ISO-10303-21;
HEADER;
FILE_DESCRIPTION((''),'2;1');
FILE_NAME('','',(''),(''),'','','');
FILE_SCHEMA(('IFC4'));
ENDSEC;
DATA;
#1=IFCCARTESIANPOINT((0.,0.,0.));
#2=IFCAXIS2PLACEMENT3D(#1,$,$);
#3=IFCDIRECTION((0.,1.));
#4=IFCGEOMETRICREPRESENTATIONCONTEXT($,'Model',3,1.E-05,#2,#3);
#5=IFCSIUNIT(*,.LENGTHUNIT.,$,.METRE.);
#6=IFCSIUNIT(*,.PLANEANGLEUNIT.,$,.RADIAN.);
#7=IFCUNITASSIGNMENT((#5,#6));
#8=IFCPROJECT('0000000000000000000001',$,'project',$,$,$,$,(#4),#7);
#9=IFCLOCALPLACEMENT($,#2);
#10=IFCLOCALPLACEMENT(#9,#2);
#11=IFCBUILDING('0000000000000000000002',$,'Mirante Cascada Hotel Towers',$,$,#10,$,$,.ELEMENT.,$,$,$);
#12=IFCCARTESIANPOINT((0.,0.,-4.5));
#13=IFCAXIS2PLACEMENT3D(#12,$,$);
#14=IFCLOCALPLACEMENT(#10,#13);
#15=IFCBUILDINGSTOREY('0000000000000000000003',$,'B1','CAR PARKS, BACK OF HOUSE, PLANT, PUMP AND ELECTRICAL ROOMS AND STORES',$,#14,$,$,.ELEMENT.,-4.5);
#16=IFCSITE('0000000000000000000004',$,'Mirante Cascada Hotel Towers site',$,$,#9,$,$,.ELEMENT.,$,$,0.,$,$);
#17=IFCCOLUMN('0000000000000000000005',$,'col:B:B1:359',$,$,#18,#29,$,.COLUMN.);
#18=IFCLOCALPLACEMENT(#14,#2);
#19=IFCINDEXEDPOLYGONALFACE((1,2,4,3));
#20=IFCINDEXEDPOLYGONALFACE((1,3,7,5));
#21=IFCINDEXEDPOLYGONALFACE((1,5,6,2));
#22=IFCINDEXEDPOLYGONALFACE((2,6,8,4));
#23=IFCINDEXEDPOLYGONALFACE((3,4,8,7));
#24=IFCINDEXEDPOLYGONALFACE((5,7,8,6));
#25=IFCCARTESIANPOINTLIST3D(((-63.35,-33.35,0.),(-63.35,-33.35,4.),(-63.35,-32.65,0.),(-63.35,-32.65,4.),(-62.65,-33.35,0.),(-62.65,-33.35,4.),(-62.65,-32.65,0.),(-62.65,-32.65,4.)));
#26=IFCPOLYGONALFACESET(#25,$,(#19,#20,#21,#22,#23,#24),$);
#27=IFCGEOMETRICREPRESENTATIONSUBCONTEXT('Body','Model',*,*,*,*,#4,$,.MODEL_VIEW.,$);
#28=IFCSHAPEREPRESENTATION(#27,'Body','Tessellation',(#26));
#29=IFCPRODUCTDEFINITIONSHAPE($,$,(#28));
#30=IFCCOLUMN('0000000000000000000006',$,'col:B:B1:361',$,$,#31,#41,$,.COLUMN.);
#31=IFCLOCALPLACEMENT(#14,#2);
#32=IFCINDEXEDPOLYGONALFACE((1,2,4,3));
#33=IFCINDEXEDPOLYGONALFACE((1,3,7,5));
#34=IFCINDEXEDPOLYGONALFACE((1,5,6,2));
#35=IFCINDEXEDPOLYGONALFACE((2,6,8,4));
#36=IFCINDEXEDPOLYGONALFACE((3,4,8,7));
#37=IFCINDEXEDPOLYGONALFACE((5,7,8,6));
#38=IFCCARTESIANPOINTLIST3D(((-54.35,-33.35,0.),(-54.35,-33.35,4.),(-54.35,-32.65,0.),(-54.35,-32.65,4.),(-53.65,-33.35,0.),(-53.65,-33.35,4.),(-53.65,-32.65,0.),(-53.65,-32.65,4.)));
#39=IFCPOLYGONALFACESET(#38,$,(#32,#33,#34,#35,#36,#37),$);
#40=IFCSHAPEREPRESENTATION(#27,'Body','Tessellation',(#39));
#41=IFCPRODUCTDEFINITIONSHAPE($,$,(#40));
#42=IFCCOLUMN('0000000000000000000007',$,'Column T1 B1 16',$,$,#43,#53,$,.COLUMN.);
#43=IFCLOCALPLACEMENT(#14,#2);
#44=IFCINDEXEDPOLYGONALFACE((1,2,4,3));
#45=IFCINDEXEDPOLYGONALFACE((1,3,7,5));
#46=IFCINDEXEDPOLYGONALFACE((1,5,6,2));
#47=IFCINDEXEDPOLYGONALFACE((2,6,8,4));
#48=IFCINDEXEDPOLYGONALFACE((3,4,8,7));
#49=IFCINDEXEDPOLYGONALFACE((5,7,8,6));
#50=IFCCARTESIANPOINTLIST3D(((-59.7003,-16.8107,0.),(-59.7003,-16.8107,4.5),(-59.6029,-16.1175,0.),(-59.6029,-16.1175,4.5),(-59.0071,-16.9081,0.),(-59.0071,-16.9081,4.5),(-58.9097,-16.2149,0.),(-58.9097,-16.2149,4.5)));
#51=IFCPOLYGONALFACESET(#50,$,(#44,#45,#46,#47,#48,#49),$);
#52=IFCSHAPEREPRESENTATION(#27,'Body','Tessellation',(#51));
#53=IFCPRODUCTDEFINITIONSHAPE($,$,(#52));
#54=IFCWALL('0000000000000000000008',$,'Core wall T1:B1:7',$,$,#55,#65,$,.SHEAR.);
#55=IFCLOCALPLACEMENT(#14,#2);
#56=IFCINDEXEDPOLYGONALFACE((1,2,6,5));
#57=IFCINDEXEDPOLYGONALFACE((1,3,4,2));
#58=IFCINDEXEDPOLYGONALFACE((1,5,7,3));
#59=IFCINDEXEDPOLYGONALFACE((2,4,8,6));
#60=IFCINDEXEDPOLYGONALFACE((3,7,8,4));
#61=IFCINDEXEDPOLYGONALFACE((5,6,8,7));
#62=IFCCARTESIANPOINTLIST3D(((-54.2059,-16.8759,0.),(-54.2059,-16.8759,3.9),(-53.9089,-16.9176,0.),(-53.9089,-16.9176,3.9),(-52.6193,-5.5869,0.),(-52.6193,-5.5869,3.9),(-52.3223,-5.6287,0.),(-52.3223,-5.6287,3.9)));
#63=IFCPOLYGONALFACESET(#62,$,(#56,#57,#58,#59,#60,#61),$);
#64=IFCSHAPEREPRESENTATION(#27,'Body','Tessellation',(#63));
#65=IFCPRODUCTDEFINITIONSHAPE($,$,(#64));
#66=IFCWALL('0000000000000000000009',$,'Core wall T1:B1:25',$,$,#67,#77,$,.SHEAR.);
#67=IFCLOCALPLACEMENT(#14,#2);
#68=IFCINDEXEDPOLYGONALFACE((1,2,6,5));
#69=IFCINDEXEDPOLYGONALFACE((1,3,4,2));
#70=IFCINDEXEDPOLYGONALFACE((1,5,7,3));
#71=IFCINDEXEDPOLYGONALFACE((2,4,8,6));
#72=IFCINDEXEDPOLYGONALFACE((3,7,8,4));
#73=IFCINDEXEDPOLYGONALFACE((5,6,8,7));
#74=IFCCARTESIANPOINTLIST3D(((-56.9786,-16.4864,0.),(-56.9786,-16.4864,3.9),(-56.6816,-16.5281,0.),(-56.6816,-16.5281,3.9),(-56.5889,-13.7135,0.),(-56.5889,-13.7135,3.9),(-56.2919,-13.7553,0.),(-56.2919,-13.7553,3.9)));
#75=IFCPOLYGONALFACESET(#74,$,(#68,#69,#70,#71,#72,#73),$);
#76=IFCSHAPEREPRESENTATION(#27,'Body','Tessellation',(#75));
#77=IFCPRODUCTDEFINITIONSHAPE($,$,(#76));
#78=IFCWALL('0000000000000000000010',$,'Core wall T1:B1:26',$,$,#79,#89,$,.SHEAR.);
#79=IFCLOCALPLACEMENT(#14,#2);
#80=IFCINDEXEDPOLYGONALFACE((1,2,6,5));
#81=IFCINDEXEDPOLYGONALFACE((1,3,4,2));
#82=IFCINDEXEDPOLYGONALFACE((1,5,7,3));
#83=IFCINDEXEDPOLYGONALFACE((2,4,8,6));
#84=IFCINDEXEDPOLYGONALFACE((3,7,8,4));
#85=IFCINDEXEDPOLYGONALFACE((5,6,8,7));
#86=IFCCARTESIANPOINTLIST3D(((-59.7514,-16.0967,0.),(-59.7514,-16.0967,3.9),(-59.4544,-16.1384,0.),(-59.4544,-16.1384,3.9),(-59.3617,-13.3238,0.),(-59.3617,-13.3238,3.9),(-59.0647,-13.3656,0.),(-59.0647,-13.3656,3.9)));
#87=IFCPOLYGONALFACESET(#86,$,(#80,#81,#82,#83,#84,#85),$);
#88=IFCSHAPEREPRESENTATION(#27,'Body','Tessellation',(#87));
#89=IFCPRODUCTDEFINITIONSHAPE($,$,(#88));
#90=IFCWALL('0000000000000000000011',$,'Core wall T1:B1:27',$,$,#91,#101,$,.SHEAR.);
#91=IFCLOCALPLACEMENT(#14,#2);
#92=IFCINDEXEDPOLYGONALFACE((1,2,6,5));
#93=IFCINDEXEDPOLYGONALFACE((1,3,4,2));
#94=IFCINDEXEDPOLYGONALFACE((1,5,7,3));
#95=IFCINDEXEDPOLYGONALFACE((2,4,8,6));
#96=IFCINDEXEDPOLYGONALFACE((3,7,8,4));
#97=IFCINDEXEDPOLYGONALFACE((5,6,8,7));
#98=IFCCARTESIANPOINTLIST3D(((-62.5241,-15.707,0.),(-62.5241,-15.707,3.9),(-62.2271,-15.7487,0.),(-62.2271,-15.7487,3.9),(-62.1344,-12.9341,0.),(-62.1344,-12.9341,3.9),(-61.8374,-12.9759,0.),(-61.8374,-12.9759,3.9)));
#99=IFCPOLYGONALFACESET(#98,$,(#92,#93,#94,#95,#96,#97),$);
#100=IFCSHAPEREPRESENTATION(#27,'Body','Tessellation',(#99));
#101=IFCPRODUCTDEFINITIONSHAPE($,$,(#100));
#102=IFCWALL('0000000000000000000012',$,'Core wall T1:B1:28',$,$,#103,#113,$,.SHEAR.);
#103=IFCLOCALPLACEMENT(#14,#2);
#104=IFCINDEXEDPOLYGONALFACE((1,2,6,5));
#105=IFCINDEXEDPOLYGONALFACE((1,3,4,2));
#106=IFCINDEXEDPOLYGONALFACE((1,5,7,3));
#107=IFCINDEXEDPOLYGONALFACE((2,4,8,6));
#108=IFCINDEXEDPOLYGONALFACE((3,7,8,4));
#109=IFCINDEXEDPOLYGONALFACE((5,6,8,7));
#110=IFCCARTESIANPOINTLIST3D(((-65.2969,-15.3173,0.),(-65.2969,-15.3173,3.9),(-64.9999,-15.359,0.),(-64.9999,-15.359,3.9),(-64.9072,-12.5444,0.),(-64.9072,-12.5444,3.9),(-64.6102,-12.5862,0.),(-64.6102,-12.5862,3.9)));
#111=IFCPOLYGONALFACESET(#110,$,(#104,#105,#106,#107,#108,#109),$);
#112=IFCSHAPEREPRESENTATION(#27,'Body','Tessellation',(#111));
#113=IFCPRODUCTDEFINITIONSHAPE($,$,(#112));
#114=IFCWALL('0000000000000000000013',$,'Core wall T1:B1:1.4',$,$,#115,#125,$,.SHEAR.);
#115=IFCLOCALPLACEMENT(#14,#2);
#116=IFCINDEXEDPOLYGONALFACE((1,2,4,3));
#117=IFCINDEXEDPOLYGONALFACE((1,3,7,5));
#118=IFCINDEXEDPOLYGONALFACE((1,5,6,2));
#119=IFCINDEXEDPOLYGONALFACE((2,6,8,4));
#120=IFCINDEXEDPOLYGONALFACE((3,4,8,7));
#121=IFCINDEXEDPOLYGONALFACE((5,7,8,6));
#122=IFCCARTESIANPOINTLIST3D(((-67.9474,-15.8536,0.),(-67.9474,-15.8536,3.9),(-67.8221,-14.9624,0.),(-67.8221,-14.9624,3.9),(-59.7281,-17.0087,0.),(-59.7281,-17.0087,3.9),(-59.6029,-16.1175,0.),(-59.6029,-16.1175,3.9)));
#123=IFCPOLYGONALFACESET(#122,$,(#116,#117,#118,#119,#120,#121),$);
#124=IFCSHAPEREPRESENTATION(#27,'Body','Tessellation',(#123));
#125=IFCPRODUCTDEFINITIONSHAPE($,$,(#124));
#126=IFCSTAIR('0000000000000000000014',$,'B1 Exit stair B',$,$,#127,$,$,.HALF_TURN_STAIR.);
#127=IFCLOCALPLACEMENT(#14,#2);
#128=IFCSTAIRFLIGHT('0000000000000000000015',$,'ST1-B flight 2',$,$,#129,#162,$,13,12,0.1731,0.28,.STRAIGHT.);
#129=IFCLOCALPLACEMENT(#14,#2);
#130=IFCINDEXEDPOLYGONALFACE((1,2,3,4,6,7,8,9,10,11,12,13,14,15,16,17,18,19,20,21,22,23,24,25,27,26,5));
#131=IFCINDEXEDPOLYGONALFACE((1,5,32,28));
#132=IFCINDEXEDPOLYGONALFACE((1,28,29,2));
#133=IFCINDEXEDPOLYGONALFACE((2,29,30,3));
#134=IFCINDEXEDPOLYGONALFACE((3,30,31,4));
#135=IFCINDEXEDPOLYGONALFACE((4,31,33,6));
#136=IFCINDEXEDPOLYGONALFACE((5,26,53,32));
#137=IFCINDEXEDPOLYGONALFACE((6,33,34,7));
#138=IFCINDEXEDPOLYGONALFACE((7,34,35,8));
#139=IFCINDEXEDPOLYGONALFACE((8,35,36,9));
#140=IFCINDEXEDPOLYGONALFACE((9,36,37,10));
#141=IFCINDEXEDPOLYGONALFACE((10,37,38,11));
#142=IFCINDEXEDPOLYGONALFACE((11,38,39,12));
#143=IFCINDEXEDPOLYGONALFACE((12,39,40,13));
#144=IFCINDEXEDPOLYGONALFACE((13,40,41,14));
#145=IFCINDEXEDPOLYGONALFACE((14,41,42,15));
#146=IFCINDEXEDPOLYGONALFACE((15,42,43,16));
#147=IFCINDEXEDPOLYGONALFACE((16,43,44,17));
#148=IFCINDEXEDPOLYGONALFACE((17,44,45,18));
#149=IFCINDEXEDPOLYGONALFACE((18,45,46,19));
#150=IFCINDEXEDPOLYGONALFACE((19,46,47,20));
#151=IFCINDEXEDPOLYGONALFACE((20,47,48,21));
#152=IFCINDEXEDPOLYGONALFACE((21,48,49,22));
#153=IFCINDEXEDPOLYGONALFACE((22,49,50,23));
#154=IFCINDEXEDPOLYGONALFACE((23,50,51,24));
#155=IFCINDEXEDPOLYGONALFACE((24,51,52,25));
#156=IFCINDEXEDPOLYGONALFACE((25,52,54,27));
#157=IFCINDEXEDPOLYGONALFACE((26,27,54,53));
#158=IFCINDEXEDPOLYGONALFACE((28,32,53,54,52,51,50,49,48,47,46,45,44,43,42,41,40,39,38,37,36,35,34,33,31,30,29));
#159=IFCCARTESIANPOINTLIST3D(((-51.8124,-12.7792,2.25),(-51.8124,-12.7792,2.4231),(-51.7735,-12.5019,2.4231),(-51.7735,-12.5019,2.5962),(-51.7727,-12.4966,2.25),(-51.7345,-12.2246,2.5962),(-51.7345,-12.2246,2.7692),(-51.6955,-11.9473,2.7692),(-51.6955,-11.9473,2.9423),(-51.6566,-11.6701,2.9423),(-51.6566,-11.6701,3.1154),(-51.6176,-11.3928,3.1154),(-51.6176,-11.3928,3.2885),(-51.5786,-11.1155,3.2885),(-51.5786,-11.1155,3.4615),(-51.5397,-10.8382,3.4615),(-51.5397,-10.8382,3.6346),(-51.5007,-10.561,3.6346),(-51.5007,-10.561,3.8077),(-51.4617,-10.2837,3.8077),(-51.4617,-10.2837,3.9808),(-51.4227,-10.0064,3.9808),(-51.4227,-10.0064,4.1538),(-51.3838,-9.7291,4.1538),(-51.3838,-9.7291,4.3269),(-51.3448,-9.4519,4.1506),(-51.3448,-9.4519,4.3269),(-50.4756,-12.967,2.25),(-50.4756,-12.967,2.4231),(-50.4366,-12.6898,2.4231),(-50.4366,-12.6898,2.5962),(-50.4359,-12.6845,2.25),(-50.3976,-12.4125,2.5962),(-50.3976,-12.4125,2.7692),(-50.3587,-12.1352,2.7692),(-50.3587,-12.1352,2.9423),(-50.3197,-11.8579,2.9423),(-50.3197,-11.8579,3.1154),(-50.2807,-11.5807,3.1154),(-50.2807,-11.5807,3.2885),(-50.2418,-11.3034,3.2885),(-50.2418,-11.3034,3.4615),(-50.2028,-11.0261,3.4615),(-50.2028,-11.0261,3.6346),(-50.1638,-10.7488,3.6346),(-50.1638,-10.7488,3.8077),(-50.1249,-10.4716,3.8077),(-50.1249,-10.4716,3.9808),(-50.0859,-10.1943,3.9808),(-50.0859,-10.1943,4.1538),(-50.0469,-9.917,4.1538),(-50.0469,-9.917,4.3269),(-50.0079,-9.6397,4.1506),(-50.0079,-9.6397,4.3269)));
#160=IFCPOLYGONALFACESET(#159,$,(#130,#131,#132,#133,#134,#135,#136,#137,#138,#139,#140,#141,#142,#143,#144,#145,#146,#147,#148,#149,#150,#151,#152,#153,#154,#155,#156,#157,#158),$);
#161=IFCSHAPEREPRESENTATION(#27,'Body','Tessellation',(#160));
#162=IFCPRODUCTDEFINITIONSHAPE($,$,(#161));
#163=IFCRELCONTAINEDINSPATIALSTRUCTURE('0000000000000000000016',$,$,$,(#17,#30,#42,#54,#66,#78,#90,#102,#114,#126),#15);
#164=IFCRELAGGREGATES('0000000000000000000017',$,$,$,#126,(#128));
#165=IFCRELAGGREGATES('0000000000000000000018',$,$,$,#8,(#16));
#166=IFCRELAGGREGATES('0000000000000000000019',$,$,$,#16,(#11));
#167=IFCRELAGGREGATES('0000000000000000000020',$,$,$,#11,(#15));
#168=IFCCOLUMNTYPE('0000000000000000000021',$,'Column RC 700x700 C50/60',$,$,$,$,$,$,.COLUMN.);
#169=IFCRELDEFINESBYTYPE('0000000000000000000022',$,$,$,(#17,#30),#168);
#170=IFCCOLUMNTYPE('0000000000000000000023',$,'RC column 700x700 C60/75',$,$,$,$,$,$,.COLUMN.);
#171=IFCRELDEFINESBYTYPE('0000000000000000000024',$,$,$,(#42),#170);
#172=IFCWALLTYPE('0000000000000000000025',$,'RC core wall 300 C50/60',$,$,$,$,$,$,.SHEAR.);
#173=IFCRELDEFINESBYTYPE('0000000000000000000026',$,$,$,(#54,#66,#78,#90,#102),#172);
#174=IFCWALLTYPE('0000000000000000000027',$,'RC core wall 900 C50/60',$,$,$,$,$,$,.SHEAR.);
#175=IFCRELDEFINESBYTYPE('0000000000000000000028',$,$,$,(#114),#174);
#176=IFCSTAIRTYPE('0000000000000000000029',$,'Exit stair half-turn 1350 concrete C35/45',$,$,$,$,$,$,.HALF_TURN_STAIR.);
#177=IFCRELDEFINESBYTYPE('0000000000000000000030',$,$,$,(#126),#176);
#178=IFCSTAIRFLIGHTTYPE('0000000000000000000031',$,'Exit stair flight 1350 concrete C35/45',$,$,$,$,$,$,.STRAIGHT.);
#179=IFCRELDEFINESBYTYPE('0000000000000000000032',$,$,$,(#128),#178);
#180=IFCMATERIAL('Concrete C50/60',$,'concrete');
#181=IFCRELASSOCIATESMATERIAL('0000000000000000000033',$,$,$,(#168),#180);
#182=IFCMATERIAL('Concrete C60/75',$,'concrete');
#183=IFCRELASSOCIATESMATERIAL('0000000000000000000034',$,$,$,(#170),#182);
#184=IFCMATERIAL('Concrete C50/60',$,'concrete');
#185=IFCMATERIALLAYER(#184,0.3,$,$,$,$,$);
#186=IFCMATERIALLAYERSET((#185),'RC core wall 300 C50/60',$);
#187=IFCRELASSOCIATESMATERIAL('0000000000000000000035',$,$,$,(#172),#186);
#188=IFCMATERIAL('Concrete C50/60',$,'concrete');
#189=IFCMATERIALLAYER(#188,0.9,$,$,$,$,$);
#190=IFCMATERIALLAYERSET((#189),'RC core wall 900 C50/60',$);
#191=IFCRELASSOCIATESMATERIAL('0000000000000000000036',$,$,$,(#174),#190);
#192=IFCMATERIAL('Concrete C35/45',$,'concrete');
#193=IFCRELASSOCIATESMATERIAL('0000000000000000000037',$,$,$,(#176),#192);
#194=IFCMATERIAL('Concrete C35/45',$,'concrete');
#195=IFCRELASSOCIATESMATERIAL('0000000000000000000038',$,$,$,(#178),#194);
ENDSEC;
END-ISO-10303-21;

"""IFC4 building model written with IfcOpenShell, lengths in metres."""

from ifc_helpers import new_model, si_unit, direction, frame, frame_2d, origin, origin_2d, place, context, subcontext, project, spatial, polyline, rectangle, outline, extrude, material, layer, layer_set, material_profile, profile_set, type_object, element, aggregate, save


model = new_model("IFC4")

# Units and contexts
model_context = context("Model", 3, precision=1e-05, world=origin(), true_north=direction((0.0, 1.0)))
body_context = subcontext(model_context, "Body", "Model", "MODEL_VIEW")
ifc_project = project(units=[si_unit("LENGTHUNIT", "METRE"), si_unit("PLANEANGLEUNIT", "RADIAN")], contexts=[model_context])

# Site, building, storey
site_placement = place(None, origin())
site = spatial("IfcSite", under=ifc_project, at=site_placement, Name="Mirante Cascada Hotel Towers site", CompositionType="ELEMENT", RefElevation=0.0)
building_placement = place(site_placement, origin())
building = spatial("IfcBuilding", under=site, at=building_placement, Name="Mirante Cascada Hotel Towers", CompositionType="ELEMENT")
storey_placement = place(building_placement, frame((0.0, 0.0, -4.5)))
storey = spatial("IfcBuildingStorey", under=building, at=storey_placement, Name="B1", Description="CAR PARKS, BACK OF HOUSE, PLANT, PUMP AND ELECTRICAL ROOMS AND STORES", CompositionType="ELEMENT", Elevation=-4.5)

# Columns
ifc_material_1 = material(Name="Concrete C50/60", Category="concrete")
ifc_material_profile_1 = material_profile(ifc_material_1, rectangle(XDim=0.7, YDim=0.7, at=origin_2d()), Name="RC 700x700")
ifc_profile_set_1 = profile_set([ifc_material_profile_1], Name="Concrete C50/60")
column_type_1 = type_object("IfcColumnType", Name="Column RC 700x700 C50/60", PredefinedType="COLUMN", material=ifc_profile_set_1)
for number, where, z_axis, x_axis, name in (
    (1, (-63.0, -33.0, 0.0), (0.0, 0.0, 1.0), (1.0, 0.0, 0.0), "col:B:B1:359"),
    (2, (-54.0, -33.0, 0.0), (0.0, 0.0, 1.0), (1.0, 0.0, 0.0), "col:B:B1:361"),
):
    element("IfcColumn", number, at=place(storey_placement, frame(where, z_axis=z_axis, x_axis=x_axis)), inside=storey, type_object=column_type_1, Name=name, PredefinedType="COLUMN", context=body_context, shape_type="SweptSolid", body=[
        extrude(rectangle(XDim=0.7, YDim=0.7, at=origin_2d()), origin(), (0.0, 0.0, 1.0), 4.0),
    ])
ifc_material_2 = material(Name="Concrete C60/75", Category="concrete")
ifc_material_profile_2 = material_profile(ifc_material_2, rectangle(XDim=0.7, YDim=0.7, at=origin_2d()), Name="RC column 700x700 C60/75")
ifc_profile_set_2 = profile_set([ifc_material_profile_2], Name="Concrete C60/75")
column_type_2 = type_object("IfcColumnType", Name="RC column 700x700 C60/75", PredefinedType="COLUMN", material=ifc_profile_set_2)
column_placement = place(storey_placement, frame((-59.305, -16.5128, 0.0), z_axis=(0.0, 0.0, 1.0), x_axis=(-0.990268, 0.139173, 0.0)))
element("IfcColumn", 3, at=column_placement, inside=storey, type_object=column_type_2, Name="Column T1 B1 16", PredefinedType="COLUMN", context=body_context, shape_type="SweptSolid", body=[
    extrude(rectangle(XDim=0.7, YDim=0.7, at=origin_2d()), origin(), (0.0, 0.0, 1.0), 4.5),
])

# Wall
ifc_material_3 = material(Name="Concrete C50/60", Category="concrete")
ifc_layer_1 = layer(ifc_material_3, 0.3)
ifc_layer_set_1 = layer_set([ifc_layer_1], Name="RC core wall 300 C50/60")
wall_type_1 = type_object("IfcWallType", Name="RC core wall 300 C50/60", PredefinedType="SHEAR", material=ifc_layer_set_1)
wall_1_placement = place(storey_placement, frame((-54.0574, -16.8968, 0.0), z_axis=(0.0, 0.0, 1.0), x_axis=(0.139176, 0.990268, 0.0)))
element("IfcWall", 4, at=wall_1_placement, inside=storey, type_object=wall_type_1, Name="Core wall T1:B1:7", PredefinedType="SHEAR", context=body_context, shape_type="SweptSolid", body=[
    extrude(rectangle(XDim=11.3999, YDim=0.3, at=frame_2d((5.7, 0.0))), origin(), (0.0, 0.0, 1.0), 3.9),
])

# Walls
for number, where, z_axis, x_axis, name in (
    (5, (-56.8301, -16.5072, 0.0), (0.0, 0.0, 1.0), (0.139176, 0.990268, 0.0), "Core wall T1:B1:25"),
    (6, (-59.6029, -16.1175, 0.0), (0.0, 0.0, 1.0), (0.139176, 0.990268, 0.0), "Core wall T1:B1:26"),
    (7, (-62.3756, -15.7278, 0.0), (0.0, 0.0, 1.0), (0.139176, 0.990268, 0.0), "Core wall T1:B1:27"),
    (8, (-65.1484, -15.3381, 0.0), (0.0, 0.0, 1.0), (0.139176, 0.990268, 0.0), "Core wall T1:B1:28"),
):
    element("IfcWall", number, at=place(storey_placement, frame(where, z_axis=z_axis, x_axis=x_axis)), inside=storey, type_object=wall_type_1, Name=name, PredefinedType="SHEAR", context=body_context, shape_type="SweptSolid", body=[
        extrude(rectangle(XDim=2.8001, YDim=0.3, at=frame_2d((1.4, 0.0))), origin(), (0.0, 0.0, 1.0), 3.9),
    ])
ifc_material_4 = material(Name="Concrete C50/60", Category="concrete")
ifc_layer_2 = layer(ifc_material_4, 0.9)
ifc_layer_set_2 = layer_set([ifc_layer_2], Name="RC core wall 900 C50/60")
wall_type_2 = type_object("IfcWallType", Name="RC core wall 900 C50/60", PredefinedType="SHEAR", material=ifc_layer_set_2)
wall_2_placement = place(storey_placement, frame((-59.6655, -16.5631, 0.0), z_axis=(0.0, 0.0, 1.0), x_axis=(-0.990269, 0.139169, 0.0)))
element("IfcWall", 9, at=wall_2_placement, inside=storey, type_object=wall_type_2, Name="Core wall T1:B1:1.4", PredefinedType="SHEAR", context=body_context, shape_type="SweptSolid", body=[
    extrude(rectangle(XDim=8.3, YDim=0.9, at=frame_2d((4.15, 0.0))), origin(), (0.0, 0.0, 1.0), 3.9),
])

# Stair, stair flight
ifc_material_5 = material(Name="Concrete C35/45", Category="concrete")
stair_type = type_object("IfcStairType", Name="Exit stair half-turn 1350 concrete C35/45", PredefinedType="HALF_TURN_STAIR", material=ifc_material_5)
stair_placement = place(storey_placement, origin())
stair = element("IfcStair", 10, at=stair_placement, inside=storey, type_object=stair_type, Name="B1 Exit stair B", PredefinedType="HALF_TURN_STAIR")
ifc_material_6 = material(Name="Concrete C35/45", Category="concrete")
stair_flight_type = type_object("IfcStairFlightType", Name="Exit stair flight 1350 concrete C35/45", PredefinedType="STRAIGHT", material=ifc_material_6)
stair_flight_placement = place(storey_placement, frame((-51.144, -12.8731, 2.25), z_axis=(0.0, 0.0, 1.0), x_axis=(0.139173, 0.990268, 0.0)))
stair_flight = element("IfcStairFlight", 11, at=stair_flight_placement, type_object=stair_flight_type, Name="ST1-B flight 2", NumberOfRisers=13, NumberOfTreads=12, PredefinedType="STRAIGHT", RiserHeight=0.1731, TreadLength=0.28, context=body_context, shape_type="SweptSolid", body=[
    extrude(outline(polyline([(0.0, 0.0), (0.0, 0.1731), (0.28, 0.1731), (0.28, 0.3462), (0.56, 0.3462), (0.56, 0.5192), (0.84, 0.5192), (0.84, 0.6923), (1.12, 0.6923), (1.12, 0.8654), (1.4, 0.8654), (1.4, 1.0385), (1.68, 1.0385), (1.68, 1.2115), (1.96, 1.2115), (1.96, 1.3846), (2.24, 1.3846), (2.24, 1.5577), (2.52, 1.5577), (2.52, 1.7308), (2.8, 1.7308), (2.8, 1.9038), (3.08, 1.9038), (3.08, 2.0769), (3.36, 2.0769), (3.36, 2.25), (3.36, 1.9006), (0.2853, 0.0), (0.0, 0.0)])), frame((0.0, 0.675, 0.0), z_axis=(0.0, -1.0, 0.0), x_axis=(1.0, 0.0, 0.0)), (0.0, 0.0, 1.0), 1.35),
])
aggregate(stair, [stair_flight])

save(model, "model.ifc")
